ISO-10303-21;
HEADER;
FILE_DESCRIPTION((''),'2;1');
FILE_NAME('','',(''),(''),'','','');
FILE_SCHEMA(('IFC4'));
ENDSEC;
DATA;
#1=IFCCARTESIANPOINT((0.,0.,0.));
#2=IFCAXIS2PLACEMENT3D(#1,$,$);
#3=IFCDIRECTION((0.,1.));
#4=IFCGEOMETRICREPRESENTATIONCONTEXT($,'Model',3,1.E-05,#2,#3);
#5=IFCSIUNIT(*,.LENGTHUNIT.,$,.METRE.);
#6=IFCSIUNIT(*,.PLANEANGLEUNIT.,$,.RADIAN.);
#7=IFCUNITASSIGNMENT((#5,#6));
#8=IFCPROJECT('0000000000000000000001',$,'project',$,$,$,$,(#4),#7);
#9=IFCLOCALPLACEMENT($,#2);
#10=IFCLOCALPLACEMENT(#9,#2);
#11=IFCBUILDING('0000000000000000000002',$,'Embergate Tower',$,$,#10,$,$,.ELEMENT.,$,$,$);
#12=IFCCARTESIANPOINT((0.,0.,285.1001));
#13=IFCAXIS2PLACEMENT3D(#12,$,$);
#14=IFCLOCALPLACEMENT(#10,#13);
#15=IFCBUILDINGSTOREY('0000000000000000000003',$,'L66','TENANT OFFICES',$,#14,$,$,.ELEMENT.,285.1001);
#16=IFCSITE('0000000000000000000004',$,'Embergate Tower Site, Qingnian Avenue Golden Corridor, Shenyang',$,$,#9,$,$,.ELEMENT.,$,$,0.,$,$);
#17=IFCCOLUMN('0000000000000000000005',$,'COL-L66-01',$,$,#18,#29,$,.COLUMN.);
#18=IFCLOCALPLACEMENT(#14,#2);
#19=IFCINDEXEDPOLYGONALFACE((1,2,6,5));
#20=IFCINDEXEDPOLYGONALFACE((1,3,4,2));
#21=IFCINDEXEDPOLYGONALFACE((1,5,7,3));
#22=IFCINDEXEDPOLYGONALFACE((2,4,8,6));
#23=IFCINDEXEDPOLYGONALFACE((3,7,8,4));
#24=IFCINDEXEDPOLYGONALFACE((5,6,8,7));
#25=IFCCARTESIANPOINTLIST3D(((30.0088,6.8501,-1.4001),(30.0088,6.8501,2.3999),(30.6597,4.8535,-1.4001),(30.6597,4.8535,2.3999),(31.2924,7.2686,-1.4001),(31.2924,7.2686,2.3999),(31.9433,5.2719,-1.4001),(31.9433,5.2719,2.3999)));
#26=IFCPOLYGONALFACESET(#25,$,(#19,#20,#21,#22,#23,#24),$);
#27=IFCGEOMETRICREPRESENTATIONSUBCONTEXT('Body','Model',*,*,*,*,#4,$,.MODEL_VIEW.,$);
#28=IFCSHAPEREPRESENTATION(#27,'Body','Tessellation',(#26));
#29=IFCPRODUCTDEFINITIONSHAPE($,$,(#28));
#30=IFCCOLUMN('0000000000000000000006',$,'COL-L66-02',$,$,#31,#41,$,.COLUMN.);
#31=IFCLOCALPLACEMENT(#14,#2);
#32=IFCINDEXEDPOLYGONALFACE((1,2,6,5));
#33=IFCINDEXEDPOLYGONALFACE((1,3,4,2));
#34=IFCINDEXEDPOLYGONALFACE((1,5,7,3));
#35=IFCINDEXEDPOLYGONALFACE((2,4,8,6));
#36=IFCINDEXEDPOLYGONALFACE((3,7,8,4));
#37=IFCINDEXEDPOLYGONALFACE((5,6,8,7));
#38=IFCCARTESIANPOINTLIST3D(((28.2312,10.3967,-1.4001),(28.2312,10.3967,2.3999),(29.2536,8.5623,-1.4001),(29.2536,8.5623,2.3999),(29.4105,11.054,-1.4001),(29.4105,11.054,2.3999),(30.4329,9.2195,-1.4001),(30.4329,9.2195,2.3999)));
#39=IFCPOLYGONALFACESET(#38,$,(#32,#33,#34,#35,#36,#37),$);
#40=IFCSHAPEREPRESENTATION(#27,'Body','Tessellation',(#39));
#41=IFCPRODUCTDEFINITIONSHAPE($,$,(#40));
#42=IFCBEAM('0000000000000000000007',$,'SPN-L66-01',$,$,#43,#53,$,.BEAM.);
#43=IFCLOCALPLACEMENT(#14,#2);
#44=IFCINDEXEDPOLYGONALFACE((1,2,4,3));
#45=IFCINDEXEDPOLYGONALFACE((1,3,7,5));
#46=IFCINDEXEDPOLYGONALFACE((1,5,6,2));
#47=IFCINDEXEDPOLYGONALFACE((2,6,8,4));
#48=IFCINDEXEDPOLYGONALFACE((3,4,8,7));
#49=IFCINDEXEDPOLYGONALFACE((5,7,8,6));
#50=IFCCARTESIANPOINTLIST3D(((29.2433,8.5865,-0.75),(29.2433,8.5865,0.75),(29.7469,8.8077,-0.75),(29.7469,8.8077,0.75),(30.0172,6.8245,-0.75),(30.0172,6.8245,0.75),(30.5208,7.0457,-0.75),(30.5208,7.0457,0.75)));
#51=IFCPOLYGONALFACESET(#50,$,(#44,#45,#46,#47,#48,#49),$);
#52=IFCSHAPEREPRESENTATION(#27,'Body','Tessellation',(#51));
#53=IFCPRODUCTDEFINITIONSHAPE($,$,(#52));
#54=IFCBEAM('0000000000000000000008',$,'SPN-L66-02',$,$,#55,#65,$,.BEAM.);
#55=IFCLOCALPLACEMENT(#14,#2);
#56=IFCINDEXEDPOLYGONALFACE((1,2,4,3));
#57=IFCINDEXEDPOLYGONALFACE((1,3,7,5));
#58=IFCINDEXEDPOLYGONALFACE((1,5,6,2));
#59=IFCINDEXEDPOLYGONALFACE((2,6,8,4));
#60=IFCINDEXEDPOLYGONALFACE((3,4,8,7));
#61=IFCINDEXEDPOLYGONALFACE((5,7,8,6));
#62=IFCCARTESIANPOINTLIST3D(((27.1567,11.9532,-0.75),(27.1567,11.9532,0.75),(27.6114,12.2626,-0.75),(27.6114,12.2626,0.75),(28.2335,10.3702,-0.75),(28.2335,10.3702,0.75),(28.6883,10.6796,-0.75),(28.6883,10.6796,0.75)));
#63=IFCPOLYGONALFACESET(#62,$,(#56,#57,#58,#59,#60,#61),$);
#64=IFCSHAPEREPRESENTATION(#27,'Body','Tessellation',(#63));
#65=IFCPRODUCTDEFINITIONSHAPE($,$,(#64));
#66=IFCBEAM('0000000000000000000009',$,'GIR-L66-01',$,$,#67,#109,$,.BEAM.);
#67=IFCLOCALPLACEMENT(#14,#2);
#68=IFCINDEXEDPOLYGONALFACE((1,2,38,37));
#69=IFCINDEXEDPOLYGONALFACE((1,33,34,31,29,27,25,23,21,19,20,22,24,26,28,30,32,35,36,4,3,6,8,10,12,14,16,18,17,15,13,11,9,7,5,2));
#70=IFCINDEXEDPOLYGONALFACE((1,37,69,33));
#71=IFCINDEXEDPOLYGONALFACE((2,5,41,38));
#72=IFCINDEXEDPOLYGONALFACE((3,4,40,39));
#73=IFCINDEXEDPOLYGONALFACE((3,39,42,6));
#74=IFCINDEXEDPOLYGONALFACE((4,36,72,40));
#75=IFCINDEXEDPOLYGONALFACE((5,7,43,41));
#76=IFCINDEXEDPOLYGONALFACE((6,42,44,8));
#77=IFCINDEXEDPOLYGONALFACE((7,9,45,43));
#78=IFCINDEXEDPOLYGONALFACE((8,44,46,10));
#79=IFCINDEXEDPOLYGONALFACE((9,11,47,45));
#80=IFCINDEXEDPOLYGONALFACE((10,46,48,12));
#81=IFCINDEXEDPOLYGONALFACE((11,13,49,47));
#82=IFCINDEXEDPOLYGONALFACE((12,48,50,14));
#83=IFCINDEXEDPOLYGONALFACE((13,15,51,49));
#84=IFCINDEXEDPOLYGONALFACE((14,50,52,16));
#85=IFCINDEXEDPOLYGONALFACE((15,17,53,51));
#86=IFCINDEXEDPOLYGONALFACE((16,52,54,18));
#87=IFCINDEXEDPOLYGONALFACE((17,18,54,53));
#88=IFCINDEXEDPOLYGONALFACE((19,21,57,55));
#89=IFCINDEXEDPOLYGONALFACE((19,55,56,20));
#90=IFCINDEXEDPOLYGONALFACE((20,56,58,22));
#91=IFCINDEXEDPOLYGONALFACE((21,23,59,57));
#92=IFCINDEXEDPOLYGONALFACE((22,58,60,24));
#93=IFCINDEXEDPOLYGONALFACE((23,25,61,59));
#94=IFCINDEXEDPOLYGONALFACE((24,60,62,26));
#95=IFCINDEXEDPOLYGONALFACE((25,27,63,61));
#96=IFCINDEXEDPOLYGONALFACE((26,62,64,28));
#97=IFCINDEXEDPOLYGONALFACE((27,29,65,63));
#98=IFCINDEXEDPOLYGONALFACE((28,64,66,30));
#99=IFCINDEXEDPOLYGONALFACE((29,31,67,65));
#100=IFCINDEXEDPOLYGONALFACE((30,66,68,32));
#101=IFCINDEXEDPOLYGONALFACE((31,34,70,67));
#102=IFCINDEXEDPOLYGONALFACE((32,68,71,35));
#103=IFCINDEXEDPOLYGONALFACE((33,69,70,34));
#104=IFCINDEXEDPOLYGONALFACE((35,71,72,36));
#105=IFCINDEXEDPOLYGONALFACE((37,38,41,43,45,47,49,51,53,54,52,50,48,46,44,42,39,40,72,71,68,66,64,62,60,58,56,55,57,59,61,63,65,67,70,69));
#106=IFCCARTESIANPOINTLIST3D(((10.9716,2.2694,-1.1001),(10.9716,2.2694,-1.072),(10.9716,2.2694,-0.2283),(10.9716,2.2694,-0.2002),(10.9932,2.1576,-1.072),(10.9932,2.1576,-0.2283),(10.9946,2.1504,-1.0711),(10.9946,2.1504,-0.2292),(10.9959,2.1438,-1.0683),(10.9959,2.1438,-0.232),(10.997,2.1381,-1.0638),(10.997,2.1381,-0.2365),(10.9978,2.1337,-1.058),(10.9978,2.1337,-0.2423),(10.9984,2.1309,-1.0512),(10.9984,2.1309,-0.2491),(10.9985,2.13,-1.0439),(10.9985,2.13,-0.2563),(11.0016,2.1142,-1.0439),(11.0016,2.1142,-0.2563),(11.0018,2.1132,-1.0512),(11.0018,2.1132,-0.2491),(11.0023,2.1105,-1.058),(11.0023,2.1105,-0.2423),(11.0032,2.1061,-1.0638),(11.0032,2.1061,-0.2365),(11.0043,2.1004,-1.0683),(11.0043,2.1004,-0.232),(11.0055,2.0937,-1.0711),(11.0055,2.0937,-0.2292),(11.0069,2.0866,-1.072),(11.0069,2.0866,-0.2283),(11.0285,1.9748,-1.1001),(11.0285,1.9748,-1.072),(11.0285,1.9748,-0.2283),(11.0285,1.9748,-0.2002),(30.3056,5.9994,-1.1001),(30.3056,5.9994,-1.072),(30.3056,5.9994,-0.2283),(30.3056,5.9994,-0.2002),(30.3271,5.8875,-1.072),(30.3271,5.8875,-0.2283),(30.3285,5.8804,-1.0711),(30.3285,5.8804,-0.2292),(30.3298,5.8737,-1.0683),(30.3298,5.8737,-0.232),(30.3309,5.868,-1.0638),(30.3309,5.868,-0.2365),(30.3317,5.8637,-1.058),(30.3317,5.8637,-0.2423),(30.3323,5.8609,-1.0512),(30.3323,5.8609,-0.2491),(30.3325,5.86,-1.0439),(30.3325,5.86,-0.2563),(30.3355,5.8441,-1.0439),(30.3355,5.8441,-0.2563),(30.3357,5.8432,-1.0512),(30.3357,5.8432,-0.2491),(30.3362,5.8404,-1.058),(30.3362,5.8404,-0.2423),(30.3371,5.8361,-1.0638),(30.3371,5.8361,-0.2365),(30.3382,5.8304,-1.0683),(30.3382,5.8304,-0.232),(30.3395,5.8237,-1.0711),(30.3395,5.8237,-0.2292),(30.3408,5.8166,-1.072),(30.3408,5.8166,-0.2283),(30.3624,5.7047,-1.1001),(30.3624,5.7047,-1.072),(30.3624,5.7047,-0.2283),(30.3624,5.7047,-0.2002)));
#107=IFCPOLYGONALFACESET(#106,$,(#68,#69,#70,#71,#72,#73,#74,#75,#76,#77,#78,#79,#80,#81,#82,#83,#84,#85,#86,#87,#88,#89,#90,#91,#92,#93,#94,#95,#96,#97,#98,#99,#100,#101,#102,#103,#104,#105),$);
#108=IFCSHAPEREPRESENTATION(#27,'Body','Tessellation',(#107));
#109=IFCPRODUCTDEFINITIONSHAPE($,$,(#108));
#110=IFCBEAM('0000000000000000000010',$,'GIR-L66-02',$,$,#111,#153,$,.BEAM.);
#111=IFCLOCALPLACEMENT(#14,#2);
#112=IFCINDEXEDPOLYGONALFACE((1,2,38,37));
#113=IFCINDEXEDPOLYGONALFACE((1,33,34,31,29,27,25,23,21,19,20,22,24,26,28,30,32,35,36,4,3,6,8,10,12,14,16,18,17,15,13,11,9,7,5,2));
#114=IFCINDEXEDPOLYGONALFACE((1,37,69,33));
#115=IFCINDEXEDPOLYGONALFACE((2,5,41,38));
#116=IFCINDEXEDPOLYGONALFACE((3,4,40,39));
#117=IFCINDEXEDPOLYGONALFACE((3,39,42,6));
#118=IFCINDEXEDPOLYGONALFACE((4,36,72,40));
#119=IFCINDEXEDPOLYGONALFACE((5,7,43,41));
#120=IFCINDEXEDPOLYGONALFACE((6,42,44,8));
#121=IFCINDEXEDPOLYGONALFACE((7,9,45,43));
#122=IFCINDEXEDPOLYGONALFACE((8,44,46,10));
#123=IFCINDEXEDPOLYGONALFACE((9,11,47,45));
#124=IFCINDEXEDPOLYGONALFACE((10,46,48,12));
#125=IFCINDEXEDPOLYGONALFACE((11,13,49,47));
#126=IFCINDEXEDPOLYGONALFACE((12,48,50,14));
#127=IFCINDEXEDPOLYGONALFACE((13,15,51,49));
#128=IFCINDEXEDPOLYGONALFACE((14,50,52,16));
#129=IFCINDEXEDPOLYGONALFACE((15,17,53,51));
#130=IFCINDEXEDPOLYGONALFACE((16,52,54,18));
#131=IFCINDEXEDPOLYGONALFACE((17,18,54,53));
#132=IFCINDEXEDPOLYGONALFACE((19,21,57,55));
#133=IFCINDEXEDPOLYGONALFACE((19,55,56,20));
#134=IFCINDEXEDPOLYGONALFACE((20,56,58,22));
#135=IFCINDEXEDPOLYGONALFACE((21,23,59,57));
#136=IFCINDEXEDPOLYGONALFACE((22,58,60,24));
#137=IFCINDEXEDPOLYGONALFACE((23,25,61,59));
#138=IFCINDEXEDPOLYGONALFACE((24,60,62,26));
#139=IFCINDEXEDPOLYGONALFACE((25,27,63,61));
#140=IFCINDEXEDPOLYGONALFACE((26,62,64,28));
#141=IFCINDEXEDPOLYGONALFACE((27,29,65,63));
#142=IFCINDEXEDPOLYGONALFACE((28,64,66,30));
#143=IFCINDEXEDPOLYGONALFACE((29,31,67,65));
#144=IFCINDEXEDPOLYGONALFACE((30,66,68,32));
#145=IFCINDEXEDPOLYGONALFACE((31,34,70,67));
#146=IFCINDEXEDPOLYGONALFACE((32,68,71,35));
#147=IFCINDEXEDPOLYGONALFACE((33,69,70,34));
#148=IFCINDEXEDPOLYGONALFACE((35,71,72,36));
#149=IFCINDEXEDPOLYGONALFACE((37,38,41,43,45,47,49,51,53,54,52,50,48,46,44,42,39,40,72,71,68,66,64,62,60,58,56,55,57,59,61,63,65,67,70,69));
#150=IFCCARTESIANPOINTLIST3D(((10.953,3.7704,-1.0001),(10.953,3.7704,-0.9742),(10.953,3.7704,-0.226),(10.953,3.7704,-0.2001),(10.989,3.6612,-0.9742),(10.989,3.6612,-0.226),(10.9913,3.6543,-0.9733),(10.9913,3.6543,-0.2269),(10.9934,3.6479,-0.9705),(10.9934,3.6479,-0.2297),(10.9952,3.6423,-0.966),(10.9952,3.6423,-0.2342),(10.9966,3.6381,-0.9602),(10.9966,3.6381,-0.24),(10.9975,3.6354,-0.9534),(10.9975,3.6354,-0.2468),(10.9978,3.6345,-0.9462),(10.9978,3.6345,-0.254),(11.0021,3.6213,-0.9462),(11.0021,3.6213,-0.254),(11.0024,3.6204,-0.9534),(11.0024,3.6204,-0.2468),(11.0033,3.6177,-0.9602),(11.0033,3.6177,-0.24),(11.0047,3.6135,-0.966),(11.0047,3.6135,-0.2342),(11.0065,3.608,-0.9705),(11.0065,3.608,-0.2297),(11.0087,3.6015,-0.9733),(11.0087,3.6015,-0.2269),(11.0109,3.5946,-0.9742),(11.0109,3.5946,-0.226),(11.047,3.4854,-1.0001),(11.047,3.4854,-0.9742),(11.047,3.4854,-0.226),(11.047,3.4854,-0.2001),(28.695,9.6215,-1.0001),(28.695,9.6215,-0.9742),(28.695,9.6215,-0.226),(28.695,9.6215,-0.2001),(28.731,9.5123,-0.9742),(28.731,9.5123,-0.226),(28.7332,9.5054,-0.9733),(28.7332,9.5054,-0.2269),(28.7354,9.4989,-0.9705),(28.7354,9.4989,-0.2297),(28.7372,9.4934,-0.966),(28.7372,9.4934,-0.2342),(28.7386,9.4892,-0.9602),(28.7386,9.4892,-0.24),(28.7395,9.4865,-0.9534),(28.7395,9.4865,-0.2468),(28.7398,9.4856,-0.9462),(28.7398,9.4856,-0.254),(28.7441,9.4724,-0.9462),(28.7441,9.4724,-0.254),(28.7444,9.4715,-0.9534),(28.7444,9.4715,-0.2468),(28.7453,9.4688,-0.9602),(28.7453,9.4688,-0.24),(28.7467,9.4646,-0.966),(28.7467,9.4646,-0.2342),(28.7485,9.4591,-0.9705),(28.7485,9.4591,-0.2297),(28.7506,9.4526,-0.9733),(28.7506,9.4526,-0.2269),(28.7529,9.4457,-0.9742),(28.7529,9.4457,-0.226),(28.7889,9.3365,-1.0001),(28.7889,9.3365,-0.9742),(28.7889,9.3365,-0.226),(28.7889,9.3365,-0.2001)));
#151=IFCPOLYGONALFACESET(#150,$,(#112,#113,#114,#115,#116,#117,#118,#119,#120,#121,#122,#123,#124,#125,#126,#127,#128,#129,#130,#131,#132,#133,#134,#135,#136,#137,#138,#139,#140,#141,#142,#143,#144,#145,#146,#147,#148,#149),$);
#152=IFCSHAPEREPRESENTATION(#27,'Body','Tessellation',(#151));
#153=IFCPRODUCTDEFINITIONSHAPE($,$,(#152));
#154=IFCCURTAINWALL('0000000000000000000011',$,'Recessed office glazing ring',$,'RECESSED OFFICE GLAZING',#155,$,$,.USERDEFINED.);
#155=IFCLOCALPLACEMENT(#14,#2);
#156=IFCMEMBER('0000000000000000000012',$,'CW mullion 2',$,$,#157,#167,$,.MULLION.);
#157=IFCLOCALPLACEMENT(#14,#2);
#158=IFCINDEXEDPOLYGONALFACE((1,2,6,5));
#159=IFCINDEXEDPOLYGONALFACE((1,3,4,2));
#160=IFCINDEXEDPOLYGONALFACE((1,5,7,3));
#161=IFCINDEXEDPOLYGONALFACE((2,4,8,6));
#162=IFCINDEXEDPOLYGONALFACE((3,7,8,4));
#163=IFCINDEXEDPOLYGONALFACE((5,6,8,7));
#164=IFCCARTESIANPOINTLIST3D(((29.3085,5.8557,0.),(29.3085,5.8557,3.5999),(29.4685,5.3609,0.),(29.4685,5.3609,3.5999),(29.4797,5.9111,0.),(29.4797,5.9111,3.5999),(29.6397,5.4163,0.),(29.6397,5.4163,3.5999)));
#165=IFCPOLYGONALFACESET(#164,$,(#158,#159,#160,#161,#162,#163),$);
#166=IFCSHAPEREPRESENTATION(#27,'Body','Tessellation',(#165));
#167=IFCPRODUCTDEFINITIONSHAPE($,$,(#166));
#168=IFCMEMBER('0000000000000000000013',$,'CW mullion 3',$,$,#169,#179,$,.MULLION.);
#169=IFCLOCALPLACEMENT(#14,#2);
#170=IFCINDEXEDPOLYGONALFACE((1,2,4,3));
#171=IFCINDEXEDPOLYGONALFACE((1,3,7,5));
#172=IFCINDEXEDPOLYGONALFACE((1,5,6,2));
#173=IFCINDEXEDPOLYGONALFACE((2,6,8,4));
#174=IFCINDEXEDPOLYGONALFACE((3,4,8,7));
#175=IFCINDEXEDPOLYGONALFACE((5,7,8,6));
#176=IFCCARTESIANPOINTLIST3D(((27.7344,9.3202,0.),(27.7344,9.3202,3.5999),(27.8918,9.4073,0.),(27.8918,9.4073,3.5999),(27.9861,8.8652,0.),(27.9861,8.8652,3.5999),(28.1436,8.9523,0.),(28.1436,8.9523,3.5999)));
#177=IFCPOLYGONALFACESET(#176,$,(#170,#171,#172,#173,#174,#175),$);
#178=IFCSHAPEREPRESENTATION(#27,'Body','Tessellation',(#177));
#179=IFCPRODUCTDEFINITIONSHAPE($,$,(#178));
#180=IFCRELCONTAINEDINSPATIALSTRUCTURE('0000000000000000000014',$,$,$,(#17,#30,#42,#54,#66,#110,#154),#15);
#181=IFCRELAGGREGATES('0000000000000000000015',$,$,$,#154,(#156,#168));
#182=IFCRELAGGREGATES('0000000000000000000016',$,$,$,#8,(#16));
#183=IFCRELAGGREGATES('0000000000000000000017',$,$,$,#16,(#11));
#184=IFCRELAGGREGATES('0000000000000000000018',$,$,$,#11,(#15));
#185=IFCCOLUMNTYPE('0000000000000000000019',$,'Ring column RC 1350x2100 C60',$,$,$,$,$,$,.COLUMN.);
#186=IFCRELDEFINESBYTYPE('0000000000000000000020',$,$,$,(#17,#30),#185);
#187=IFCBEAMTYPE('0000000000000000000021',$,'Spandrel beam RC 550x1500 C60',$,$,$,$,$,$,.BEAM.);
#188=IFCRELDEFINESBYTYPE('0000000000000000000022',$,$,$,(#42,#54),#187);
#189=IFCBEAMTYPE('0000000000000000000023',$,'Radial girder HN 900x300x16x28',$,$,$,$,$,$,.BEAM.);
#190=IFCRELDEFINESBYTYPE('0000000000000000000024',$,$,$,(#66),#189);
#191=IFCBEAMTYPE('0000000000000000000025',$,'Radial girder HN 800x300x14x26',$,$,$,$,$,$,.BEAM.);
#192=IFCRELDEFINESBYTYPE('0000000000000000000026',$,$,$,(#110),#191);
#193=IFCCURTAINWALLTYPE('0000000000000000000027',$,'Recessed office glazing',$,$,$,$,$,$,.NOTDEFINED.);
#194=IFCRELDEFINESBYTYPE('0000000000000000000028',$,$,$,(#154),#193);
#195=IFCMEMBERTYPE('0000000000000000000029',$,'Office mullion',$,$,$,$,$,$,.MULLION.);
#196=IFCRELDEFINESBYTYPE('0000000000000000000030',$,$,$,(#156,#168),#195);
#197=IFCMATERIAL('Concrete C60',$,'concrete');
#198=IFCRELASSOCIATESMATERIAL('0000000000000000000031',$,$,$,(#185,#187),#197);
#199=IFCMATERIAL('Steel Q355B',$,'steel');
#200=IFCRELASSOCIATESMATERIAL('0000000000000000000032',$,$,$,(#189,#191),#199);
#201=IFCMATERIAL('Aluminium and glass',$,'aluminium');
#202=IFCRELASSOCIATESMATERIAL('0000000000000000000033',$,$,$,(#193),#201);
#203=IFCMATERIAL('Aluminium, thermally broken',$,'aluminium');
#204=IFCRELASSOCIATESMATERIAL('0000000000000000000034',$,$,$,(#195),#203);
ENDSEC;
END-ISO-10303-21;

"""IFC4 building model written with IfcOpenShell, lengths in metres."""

from ifc_helpers import new_model, si_unit, direction, frame, origin, origin_2d, place, context, subcontext, project, spatial, rectangle, i_section, extrude, source, transform, mapped, material, material_profile, profile_set, type_object, element, aggregate, save


model = new_model("IFC4")

# Units and contexts
model_context = context("Model", 3, precision=1e-05, world=origin(), true_north=direction((0.0, 1.0)))
body_context = subcontext(model_context, "Body", "Model", "MODEL_VIEW")
ifc_project = project(units=[si_unit("LENGTHUNIT", "METRE"), si_unit("PLANEANGLEUNIT", "RADIAN")], contexts=[model_context])

# Site, building, storey
site_placement = place(None, origin())
site = spatial("IfcSite", under=ifc_project, at=site_placement, Name="Embergate Tower Site, Qingnian Avenue Golden Corridor, Shenyang", CompositionType="ELEMENT", RefElevation=0.0)
building_placement = place(site_placement, origin())
building = spatial("IfcBuilding", under=site, at=building_placement, Name="Embergate Tower", CompositionType="ELEMENT")
storey_placement = place(building_placement, frame((0.0, 0.0, 285.1001)))
storey = spatial("IfcBuildingStorey", under=building, at=storey_placement, Name="L66", Description="TENANT OFFICES", CompositionType="ELEMENT", Elevation=285.1001)

# Columns
ifc_material_1 = material(Name="Concrete C60", Category="concrete")
ifc_material_profile_1 = material_profile(ifc_material_1, rectangle(XDim=1.3501, YDim=2.1001, at=origin_2d()), Name="RC 1350x2100")
ifc_profile_set_1 = profile_set([ifc_material_profile_1], Name="Concrete C60")
column_type = type_object("IfcColumnType", Name="Ring column RC 1350x2100 C60", PredefinedType="COLUMN", material=ifc_profile_set_1)
shared_shape_1 = source(origin(), body_context, "Body", "SweptSolid", [
    extrude(rectangle(XDim=1.3501, YDim=2.1001, at=origin_2d()), origin(), (0.0, 0.0, 1.0), 3.8),
])
for number, where, z_axis, x_axis, name in (
    (1, (30.9761, 6.061, -1.4001), (0.0, 0.0, 1.0), (0.950754, 0.309946, 0.0), "COL-L66-01"),
    (2, (29.332, 9.8081, -1.4001), (0.0, 0.0, 1.0), (0.873492, 0.486839, 0.0), "COL-L66-02"),
):
    element("IfcColumn", number, at=place(storey_placement, frame(where, z_axis=z_axis, x_axis=x_axis)), inside=storey, type_object=column_type, Name=name, PredefinedType="COLUMN", context=body_context, shape_type="MappedRepresentation", body=[
        mapped(shared_shape_1, transform((0.0, 0.0, 0.0))),
    ])

# Beams
ifc_material_profile_2 = material_profile(ifc_material_1, rectangle(XDim=0.55, YDim=1.5, at=origin_2d()), Name="RC 550x1500")
ifc_profile_set_2 = profile_set([ifc_material_profile_2], Name="Concrete C60")
beam_type_1 = type_object("IfcBeamType", Name="Spandrel beam RC 550x1500 C60", PredefinedType="BEAM", material=ifc_profile_set_2)
shared_shape_2 = source(origin(), body_context, "Body", "SweptSolid", [
    extrude(rectangle(XDim=0.55, YDim=1.5, at=origin_2d()), origin(), (0.0, 0.0, 1.0), 1.9246),
])
beam_1_placement = place(storey_placement, frame((30.269, 6.9351, 0.0), z_axis=(-0.402156, 0.915571, 0.0), x_axis=(-0.915571, -0.402156, 0.0)))
element("IfcBeam", 3, at=beam_1_placement, inside=storey, type_object=beam_type_1, Name="SPN-L66-01", PredefinedType="BEAM", context=body_context, shape_type="MappedRepresentation", body=[
    mapped(shared_shape_2, transform((0.0, 0.0, 0.0))),
])
shared_shape_3 = source(origin(), body_context, "Body", "SweptSolid", [
    extrude(rectangle(XDim=0.55, YDim=1.5, at=origin_2d()), origin(), (0.0, 0.0, 1.0), 1.9146),
])
beam_2_placement = place(storey_placement, frame((28.4609, 10.5249, 0.0), z_axis=(-0.562474, 0.826815, 0.0), x_axis=(-0.826815, -0.562474, 0.0)))
element("IfcBeam", 4, at=beam_2_placement, inside=storey, type_object=beam_type_1, Name="SPN-L66-02", PredefinedType="BEAM", context=body_context, shape_type="MappedRepresentation", body=[
    mapped(shared_shape_3, transform((0.0, 0.0, 0.0))),
])
ifc_material_2 = material(Name="Steel Q355B", Category="steel")
ifc_material_profile_3 = material_profile(ifc_material_2, i_section(OverallWidth=0.3, OverallDepth=0.8999, WebThickness=0.0161, FlangeThickness=0.0281, FilletRadius=0.0281, at=origin_2d()), Name="HN 900x300x16x28")
ifc_profile_set_3 = profile_set([ifc_material_profile_3], Name="Steel Q355 grade B")
beam_type_2 = type_object("IfcBeamType", Name="Radial girder HN 900x300x16x28", PredefinedType="BEAM", material=ifc_profile_set_3)
shared_shape_4 = source(origin(), body_context, "Body", "SweptSolid", [
    extrude(i_section(OverallWidth=0.3, OverallDepth=0.8999, WebThickness=0.0161, FlangeThickness=0.0281, FilletRadius=0.0281, at=origin_2d()), origin(), (0.0, 0.0, 1.0), 19.6904),
])
beam_3_placement = place(storey_placement, frame((30.334, 5.8521, -0.6501), z_axis=(-0.981894, -0.18943, 0.0), x_axis=(0.18943, -0.981894, 0.0)))
element("IfcBeam", 5, at=beam_3_placement, inside=storey, type_object=beam_type_2, Name="GIR-L66-01", PredefinedType="BEAM", context=body_context, shape_type="MappedRepresentation", body=[
    mapped(shared_shape_4, transform((0.0, 0.0, 0.0))),
])
ifc_material_profile_4 = material_profile(ifc_material_2, i_section(OverallWidth=0.3, OverallDepth=0.8, WebThickness=0.0139, FlangeThickness=0.0259, FilletRadius=0.0281, at=origin_2d()), Name="HN 800x300x14x26")
ifc_profile_set_4 = profile_set([ifc_material_profile_4], Name="Steel Q355 grade B")
beam_type_3 = type_object("IfcBeamType", Name="Radial girder HN 800x300x14x26", PredefinedType="BEAM", material=ifc_profile_set_4)
shared_shape_5 = source(origin(), body_context, "Body", "SweptSolid", [
    extrude(i_section(OverallWidth=0.3, OverallDepth=0.8, WebThickness=0.0139, FlangeThickness=0.0259, FilletRadius=0.0281, at=origin_2d()), origin(), (0.0, 0.0, 1.0), 18.6819),
])
beam_4_placement = place(storey_placement, frame((28.7419, 9.479, -0.6001), z_axis=(-0.949689, -0.313196, 0.0), x_axis=(0.313196, -0.949689, 0.0)))
element("IfcBeam", 6, at=beam_4_placement, inside=storey, type_object=beam_type_3, Name="GIR-L66-02", PredefinedType="BEAM", context=body_context, shape_type="MappedRepresentation", body=[
    mapped(shared_shape_5, transform((0.0, 0.0, 0.0))),
])

# Curtain wall, members
ifc_material_3 = material(Name="Aluminium and glass", Category="aluminium")
curtain_wall_type = type_object("IfcCurtainWallType", Name="Recessed office glazing", PredefinedType="NOTDEFINED", material=ifc_material_3)
curtain_wall_placement = place(storey_placement, origin())
curtain_wall = element("IfcCurtainWall", 7, at=curtain_wall_placement, inside=storey, type_object=curtain_wall_type, Name="Recessed office glazing ring", ObjectType="RECESSED OFFICE GLAZING", PredefinedType="USERDEFINED")
ifc_material_4 = material(Name="Aluminium, thermally broken", Category="aluminium")
ifc_material_profile_5 = material_profile(ifc_material_4, rectangle(XDim=0.1799, YDim=0.52, at=origin_2d()), Name="AL 520x180")
ifc_profile_set_5 = profile_set([ifc_material_profile_5], Name="Aluminium, thermally broken")
member_type_1 = type_object("IfcMemberType", Name="Office mullion", PredefinedType="MULLION", material=ifc_profile_set_5)
shared_shape_6 = source(origin(), body_context, "Body", "SweptSolid", [
    extrude(rectangle(XDim=0.1799, YDim=0.52, at=origin_2d()), origin(), (0.0, 0.0, 1.0), 3.5999),
])
member_1_placement = place(storey_placement, frame((29.4741, 5.636, 0.0), z_axis=(0.0, 0.0, 1.0), x_axis=(-0.951491, -0.307675, 0.0)))
member_1 = element("IfcMember", 8, at=member_1_placement, type_object=member_type_1, Name="CW mullion 2", PredefinedType="MULLION", context=body_context, shape_type="MappedRepresentation", body=[
    mapped(shared_shape_6, transform((0.0, 0.0, 0.0))),
])
member_2_placement = place(storey_placement, frame((27.939, 9.1362, 0.0), z_axis=(0.0, 0.0, 1.0), x_axis=(-0.874988, -0.484144, 0.0)))
member_2 = element("IfcMember", 9, at=member_2_placement, type_object=member_type_1, Name="CW mullion 3", PredefinedType="MULLION", context=body_context, shape_type="MappedRepresentation", body=[
    mapped(shared_shape_6, transform((0.0, 0.0, 0.0))),
])
aggregate(curtain_wall, [member_1, member_2])

save(model, "model.ifc")
